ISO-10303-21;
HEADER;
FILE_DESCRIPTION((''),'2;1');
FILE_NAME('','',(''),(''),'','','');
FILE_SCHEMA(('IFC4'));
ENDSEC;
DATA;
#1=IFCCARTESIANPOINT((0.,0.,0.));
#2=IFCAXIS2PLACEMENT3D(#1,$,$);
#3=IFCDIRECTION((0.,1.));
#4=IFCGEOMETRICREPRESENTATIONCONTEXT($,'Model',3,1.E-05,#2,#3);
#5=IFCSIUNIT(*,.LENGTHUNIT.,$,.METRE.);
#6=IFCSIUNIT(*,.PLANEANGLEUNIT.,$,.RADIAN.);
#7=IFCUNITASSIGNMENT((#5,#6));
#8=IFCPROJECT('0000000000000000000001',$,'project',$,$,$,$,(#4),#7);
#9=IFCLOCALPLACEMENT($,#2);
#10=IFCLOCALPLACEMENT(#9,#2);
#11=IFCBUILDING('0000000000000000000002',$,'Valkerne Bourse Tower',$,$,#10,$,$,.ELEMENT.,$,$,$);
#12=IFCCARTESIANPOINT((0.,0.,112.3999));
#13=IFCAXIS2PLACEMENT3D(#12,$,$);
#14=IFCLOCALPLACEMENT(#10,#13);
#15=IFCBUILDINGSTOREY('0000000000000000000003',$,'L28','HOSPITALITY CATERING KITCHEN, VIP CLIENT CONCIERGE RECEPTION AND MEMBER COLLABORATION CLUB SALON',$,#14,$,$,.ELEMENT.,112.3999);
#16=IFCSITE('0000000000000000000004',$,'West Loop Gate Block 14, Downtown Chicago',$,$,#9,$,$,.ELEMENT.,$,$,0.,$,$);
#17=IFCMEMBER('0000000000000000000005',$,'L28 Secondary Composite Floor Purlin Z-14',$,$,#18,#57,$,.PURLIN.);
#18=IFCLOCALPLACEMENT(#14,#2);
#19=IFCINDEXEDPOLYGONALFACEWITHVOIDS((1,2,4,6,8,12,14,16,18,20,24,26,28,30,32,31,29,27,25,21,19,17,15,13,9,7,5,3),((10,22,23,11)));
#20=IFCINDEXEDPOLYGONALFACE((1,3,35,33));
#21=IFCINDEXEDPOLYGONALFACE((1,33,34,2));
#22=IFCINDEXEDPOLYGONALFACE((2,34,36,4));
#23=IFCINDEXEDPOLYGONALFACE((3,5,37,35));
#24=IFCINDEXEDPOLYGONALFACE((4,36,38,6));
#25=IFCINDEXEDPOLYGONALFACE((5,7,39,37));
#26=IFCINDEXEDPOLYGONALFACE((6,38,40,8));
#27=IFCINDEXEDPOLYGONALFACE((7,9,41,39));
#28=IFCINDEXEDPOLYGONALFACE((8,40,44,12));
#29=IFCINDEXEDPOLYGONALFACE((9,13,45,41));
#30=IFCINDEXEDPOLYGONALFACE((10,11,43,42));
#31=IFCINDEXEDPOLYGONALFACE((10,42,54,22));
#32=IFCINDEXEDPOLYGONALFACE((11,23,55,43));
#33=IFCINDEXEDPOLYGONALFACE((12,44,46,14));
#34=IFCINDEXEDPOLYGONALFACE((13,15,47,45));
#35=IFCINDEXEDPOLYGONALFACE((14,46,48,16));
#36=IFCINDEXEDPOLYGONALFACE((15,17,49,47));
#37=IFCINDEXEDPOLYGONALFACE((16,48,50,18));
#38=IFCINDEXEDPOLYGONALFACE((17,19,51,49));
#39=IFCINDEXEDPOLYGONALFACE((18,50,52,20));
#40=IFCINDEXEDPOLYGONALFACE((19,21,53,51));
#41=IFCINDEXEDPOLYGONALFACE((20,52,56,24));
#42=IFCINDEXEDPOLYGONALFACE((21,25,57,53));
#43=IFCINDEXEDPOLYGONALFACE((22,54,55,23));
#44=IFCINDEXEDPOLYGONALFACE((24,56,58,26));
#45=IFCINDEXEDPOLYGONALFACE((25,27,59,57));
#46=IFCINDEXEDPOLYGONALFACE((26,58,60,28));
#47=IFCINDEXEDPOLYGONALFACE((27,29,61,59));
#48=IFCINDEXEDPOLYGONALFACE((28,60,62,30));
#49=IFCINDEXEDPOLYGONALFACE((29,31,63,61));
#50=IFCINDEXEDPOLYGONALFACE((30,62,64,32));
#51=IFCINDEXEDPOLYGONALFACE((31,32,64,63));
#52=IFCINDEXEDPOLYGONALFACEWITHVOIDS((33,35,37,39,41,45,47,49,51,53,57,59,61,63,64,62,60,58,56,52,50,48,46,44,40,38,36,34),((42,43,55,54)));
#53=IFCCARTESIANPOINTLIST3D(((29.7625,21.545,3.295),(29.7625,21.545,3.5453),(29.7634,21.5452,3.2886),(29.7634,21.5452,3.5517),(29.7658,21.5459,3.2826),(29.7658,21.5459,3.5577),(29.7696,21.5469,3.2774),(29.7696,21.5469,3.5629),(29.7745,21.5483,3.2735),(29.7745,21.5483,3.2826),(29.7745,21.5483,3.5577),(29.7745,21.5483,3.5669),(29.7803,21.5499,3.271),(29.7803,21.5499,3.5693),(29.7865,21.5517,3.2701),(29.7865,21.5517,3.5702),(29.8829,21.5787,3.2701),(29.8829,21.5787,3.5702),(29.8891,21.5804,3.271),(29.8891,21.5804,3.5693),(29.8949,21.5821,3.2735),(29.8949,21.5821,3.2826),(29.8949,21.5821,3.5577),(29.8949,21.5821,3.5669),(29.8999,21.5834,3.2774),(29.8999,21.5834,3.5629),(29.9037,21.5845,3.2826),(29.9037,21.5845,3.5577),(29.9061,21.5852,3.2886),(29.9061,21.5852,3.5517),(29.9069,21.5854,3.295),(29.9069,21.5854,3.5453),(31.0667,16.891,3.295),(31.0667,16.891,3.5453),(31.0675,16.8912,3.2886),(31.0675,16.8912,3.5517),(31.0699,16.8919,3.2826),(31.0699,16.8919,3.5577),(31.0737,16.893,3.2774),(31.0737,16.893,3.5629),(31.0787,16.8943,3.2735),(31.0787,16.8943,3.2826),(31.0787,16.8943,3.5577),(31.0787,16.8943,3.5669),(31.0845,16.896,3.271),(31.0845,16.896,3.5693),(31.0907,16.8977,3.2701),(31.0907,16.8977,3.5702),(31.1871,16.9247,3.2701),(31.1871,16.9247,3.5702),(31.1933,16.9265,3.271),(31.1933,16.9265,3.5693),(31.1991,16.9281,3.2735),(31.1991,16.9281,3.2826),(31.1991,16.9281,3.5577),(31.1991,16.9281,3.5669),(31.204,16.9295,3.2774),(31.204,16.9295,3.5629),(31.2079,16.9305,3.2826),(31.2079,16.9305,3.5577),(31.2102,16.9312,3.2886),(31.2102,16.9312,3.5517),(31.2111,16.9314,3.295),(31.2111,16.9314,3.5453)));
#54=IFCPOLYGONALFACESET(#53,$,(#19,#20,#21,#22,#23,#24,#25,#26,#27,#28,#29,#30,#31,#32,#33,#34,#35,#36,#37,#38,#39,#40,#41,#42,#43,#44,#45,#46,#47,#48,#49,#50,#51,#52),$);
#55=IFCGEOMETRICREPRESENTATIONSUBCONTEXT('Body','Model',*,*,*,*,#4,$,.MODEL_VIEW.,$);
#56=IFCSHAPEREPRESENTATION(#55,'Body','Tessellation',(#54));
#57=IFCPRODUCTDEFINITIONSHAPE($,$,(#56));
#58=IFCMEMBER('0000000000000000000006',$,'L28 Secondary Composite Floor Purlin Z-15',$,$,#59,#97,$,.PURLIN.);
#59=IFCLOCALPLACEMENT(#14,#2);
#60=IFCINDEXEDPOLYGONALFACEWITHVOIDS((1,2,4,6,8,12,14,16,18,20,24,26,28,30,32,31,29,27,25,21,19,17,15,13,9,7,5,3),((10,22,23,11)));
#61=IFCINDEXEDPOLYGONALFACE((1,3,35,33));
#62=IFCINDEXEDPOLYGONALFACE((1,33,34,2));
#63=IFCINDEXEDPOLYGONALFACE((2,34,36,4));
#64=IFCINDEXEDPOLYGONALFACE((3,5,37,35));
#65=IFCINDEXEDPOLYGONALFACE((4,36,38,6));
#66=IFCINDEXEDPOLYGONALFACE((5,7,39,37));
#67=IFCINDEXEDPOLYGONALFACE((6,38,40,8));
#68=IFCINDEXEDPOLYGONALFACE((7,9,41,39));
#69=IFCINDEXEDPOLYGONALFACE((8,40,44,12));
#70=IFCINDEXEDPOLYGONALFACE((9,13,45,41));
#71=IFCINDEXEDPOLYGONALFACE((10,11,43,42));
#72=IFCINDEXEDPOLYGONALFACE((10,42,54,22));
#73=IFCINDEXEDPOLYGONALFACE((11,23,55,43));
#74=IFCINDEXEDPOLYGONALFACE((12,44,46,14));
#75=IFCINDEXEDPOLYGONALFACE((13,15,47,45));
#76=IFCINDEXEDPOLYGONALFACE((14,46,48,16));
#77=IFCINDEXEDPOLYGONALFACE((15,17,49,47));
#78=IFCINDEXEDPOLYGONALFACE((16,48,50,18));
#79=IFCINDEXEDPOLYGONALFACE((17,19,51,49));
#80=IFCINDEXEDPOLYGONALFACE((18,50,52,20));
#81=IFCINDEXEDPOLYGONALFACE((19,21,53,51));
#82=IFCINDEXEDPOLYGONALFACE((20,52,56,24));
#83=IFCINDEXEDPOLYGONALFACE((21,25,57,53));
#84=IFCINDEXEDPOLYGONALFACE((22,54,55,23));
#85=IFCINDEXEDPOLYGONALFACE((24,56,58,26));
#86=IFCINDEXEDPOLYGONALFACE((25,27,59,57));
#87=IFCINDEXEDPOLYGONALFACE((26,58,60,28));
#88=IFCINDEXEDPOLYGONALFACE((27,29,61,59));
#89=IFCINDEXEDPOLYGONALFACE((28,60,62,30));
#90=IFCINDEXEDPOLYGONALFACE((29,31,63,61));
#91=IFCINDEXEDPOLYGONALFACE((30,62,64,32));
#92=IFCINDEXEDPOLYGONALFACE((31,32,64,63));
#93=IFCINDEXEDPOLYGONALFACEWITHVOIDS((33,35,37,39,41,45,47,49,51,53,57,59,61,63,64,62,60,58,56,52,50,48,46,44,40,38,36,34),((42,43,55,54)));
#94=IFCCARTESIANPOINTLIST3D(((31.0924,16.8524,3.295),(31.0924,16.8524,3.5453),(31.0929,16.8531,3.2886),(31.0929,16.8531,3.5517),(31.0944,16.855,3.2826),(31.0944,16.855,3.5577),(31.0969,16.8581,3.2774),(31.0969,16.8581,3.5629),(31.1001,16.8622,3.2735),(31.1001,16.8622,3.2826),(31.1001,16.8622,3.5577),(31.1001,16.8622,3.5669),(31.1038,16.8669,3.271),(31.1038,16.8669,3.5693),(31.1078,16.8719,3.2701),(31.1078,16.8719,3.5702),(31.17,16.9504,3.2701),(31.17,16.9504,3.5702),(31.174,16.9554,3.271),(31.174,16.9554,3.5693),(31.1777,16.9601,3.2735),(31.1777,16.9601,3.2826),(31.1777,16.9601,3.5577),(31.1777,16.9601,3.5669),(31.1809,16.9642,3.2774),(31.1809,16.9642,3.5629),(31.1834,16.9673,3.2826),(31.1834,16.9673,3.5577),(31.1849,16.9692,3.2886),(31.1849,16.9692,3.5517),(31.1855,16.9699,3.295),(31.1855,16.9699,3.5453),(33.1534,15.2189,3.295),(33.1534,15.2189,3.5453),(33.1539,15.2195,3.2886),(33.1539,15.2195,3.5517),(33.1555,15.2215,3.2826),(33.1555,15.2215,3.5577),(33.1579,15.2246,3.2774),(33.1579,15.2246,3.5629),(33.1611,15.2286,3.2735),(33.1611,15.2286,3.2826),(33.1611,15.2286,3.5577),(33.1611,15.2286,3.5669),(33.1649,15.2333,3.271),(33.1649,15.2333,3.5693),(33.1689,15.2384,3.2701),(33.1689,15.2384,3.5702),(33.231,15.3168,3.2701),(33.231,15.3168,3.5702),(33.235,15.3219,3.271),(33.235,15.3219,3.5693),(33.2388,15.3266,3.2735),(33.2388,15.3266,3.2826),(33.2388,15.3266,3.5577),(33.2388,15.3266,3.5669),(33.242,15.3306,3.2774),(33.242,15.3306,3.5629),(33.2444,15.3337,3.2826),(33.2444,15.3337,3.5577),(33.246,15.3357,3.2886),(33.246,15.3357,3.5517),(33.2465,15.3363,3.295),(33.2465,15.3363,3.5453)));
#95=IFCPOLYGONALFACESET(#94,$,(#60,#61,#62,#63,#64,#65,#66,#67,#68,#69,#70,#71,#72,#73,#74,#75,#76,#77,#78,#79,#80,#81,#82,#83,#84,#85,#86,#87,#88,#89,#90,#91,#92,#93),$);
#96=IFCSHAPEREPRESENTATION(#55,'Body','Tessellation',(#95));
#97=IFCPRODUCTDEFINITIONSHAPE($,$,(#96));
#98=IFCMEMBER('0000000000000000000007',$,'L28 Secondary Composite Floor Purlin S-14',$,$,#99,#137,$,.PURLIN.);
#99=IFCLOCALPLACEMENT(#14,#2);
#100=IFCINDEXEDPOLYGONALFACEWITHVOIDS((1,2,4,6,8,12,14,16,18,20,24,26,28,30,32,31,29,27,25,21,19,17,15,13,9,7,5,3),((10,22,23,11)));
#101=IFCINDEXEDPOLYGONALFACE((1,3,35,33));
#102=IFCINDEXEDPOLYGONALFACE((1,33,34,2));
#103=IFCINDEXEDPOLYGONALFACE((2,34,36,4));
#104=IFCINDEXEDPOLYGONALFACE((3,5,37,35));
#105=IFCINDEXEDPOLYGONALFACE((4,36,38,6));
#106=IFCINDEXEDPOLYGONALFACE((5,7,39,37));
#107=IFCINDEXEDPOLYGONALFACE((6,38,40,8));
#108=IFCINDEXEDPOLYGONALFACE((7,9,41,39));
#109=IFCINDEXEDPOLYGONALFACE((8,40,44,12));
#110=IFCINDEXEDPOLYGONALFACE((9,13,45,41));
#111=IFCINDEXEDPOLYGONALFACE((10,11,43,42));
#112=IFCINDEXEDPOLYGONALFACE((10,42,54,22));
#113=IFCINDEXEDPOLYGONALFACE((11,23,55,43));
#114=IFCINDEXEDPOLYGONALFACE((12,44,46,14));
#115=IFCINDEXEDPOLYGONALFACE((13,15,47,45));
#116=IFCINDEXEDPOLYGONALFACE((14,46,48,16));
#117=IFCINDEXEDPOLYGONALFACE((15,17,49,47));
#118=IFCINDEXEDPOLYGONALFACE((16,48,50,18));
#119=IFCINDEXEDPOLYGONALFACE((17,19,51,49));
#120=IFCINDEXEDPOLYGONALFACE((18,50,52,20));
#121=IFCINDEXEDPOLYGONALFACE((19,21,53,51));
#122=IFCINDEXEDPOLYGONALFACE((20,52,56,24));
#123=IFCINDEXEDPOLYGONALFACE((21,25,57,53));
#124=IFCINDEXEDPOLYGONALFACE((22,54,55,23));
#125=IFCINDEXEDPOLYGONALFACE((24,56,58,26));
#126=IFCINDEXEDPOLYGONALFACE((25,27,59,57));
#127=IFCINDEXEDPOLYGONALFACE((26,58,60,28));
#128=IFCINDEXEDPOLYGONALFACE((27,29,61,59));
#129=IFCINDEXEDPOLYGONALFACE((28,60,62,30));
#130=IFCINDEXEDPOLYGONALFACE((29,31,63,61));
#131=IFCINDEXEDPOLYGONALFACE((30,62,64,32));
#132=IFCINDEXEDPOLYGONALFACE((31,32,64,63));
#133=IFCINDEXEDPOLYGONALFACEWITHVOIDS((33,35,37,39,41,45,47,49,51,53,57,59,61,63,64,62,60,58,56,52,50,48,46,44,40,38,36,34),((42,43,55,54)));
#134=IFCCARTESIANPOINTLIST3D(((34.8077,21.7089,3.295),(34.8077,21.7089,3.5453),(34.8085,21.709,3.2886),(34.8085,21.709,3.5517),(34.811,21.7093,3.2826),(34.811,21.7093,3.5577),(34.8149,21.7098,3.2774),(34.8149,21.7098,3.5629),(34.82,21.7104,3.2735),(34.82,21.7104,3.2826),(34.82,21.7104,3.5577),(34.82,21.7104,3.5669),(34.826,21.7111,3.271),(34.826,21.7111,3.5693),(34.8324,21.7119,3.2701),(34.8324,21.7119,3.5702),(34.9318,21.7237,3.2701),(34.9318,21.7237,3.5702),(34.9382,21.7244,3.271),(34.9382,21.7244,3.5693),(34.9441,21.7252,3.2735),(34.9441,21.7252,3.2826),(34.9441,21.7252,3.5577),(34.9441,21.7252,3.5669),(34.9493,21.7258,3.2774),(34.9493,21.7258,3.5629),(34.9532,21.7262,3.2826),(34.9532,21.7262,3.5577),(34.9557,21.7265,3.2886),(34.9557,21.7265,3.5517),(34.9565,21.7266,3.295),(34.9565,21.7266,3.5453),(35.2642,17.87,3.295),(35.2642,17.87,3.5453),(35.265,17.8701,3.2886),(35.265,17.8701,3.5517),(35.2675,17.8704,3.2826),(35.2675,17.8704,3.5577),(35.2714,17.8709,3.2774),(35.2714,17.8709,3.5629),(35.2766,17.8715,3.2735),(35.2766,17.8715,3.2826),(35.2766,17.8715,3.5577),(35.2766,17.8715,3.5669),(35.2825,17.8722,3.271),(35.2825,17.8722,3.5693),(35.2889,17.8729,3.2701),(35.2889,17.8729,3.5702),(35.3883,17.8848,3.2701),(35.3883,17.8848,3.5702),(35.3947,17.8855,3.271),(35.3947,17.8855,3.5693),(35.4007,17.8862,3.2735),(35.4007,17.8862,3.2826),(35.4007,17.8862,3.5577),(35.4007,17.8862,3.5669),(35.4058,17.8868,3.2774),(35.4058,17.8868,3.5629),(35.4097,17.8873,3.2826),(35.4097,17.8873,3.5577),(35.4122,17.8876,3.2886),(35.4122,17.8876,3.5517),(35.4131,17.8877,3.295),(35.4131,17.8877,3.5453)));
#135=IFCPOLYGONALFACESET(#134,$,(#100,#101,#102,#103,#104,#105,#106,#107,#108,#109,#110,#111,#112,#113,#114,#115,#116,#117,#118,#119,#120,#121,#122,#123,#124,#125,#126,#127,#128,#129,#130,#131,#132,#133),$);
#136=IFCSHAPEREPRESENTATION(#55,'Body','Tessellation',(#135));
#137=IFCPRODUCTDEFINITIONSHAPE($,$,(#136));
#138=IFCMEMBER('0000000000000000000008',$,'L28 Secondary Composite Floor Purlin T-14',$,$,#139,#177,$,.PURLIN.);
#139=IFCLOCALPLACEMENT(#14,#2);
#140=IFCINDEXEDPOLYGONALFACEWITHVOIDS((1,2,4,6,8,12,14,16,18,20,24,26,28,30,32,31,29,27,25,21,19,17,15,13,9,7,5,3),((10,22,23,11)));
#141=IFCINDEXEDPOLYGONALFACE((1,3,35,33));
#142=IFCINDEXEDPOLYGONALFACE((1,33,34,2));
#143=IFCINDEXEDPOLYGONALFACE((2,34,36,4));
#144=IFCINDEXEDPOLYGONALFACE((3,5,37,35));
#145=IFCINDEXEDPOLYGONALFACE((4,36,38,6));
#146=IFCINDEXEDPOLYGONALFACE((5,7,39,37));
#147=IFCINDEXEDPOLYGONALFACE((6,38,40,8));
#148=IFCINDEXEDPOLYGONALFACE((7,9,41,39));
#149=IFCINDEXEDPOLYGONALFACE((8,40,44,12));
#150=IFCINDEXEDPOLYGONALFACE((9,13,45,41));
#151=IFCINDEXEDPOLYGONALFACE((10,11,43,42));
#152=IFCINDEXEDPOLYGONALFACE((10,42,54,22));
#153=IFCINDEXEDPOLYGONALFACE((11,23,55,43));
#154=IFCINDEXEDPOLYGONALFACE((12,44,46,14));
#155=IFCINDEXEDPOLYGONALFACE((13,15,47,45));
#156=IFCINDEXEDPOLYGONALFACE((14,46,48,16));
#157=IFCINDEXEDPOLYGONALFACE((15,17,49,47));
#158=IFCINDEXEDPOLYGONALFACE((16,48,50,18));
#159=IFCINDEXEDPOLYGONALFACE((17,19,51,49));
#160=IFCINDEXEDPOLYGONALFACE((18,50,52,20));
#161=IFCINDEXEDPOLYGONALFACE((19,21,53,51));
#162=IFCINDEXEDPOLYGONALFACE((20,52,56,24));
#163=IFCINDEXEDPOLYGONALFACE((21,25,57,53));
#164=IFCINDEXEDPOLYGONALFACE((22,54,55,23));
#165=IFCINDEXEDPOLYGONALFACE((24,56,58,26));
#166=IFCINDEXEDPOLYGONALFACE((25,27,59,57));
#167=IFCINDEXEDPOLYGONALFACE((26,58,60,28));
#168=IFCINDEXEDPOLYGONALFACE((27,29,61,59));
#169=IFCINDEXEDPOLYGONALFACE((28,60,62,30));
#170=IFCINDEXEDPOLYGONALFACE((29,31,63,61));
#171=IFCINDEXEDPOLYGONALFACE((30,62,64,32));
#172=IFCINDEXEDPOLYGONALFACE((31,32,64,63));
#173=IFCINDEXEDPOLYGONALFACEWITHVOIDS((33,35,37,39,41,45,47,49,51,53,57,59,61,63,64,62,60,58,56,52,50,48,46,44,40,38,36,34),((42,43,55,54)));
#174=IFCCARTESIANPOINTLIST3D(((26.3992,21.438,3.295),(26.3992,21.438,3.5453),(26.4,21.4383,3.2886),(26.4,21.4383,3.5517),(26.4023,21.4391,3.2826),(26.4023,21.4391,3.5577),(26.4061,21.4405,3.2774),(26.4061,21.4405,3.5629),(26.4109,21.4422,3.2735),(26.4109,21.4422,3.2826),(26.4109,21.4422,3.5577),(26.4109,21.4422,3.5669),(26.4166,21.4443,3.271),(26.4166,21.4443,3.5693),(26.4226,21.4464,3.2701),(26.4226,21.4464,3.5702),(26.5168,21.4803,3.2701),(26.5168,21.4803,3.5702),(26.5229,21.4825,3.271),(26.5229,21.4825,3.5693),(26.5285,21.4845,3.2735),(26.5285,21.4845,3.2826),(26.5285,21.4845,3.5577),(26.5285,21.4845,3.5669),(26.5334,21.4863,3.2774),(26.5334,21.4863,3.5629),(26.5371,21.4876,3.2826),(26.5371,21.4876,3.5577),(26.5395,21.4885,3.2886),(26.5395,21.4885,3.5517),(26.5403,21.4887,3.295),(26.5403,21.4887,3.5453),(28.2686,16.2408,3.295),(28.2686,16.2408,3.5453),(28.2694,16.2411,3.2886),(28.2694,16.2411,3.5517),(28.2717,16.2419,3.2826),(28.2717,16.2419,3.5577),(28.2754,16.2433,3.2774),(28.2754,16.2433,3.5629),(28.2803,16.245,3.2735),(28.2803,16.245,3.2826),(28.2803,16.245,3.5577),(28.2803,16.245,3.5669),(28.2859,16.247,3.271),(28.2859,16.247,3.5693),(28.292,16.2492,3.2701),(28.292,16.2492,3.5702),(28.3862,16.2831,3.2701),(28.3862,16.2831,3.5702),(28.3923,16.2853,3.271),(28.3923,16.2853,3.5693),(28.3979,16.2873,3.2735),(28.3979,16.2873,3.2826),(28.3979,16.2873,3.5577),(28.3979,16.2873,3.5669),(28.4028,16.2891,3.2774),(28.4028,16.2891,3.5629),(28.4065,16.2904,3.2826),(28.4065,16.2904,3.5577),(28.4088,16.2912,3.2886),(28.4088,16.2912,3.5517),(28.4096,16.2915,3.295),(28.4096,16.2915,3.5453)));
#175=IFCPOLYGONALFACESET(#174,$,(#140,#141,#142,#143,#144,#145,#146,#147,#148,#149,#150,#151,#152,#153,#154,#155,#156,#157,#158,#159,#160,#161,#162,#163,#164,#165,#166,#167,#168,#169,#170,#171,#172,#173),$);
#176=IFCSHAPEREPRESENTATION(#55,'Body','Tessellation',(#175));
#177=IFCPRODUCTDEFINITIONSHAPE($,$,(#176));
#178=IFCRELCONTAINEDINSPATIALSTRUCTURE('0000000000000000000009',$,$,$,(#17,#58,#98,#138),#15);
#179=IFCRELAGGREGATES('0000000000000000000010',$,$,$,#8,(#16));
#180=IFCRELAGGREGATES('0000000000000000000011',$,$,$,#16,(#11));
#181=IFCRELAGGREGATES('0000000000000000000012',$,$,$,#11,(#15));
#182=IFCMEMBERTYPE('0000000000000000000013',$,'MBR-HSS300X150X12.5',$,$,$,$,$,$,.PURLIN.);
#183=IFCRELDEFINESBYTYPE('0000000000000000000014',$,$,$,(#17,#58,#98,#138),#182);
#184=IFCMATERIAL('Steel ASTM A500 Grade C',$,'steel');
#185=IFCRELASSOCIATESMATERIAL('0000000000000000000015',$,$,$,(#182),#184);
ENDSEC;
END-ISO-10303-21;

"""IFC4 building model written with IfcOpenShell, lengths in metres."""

from ifc_helpers import new_model, si_unit, direction, frame, origin, origin_2d, place, context, subcontext, project, spatial, hollow_rectangle, extrude, material, material_profile, profile_set, type_object, element, save


model = new_model("IFC4")

# Units and contexts
model_context = context("Model", 3, precision=1e-05, world=origin(), true_north=direction((0.0, 1.0)))
body_context = subcontext(model_context, "Body", "Model", "MODEL_VIEW")
ifc_project = project(units=[si_unit("LENGTHUNIT", "METRE"), si_unit("PLANEANGLEUNIT", "RADIAN")], contexts=[model_context])

# Site, building, storey
site_placement = place(None, origin())
site = spatial("IfcSite", under=ifc_project, at=site_placement, Name="West Loop Gate Block 14, Downtown Chicago", CompositionType="ELEMENT", RefElevation=0.0)
building_placement = place(site_placement, origin())
building = spatial("IfcBuilding", under=site, at=building_placement, Name="Valkerne Bourse Tower", CompositionType="ELEMENT")
storey_placement = place(building_placement, frame((0.0, 0.0, 112.3999)))
storey = spatial("IfcBuildingStorey", under=building, at=storey_placement, Name="L28", Description="HOSPITALITY CATERING KITCHEN, VIP CLIENT CONCIERGE RECEPTION AND MEMBER COLLABORATION CLUB SALON", CompositionType="ELEMENT", Elevation=112.3999)

# Members
ifc_material_1 = material(Name="Steel ASTM A500 Grade C", Category="steel")
ifc_material_profile_1 = material_profile(ifc_material_1, hollow_rectangle(XDim=0.1499, YDim=0.3, WallThickness=0.0125, OuterFilletRadius=0.0249, at=origin_2d()), Name="HSS300X150X12.5")
ifc_profile_set_1 = profile_set([ifc_material_profile_1], Name="Steel ASTM A500 Grade C")
member_type_1 = type_object("IfcMemberType", Name="MBR-HSS300X150X12.5", PredefinedType="PURLIN", material=ifc_profile_set_1)
member_1_placement = place(storey_placement, frame((29.8347, 21.5652, 3.4202), z_axis=(0.269834, -0.962907, 0.0), x_axis=(0.962907, 0.269834, 0.0)))
element("IfcMember", 1, at=member_1_placement, inside=storey, type_object=member_type_1, Name="L28 Secondary Composite Floor Purlin Z-14", PredefinedType="PURLIN", context=body_context, shape_type="SweptSolid", body=[
    extrude(hollow_rectangle(XDim=0.1499, YDim=0.3, WallThickness=0.0125, OuterFilletRadius=0.0249, at=origin_2d()), origin(), (0.0, 0.0, 1.0), 4.8333),
])
member_2_placement = place(storey_placement, frame((31.1389, 16.9111, 3.4202), z_axis=(0.783696, -0.621145, 0.0), x_axis=(0.621145, 0.783696, 0.0)))
element("IfcMember", 2, at=member_2_placement, inside=storey, type_object=member_type_1, Name="L28 Secondary Composite Floor Purlin Z-15", PredefinedType="PURLIN", context=body_context, shape_type="SweptSolid", body=[
    extrude(hollow_rectangle(XDim=0.1499, YDim=0.3, WallThickness=0.0125, OuterFilletRadius=0.0249, at=origin_2d()), origin(), (0.0, 0.0, 1.0), 2.6299),
])
member_3_placement = place(storey_placement, frame((34.8821, 21.7178, 3.4202), z_axis=(0.118094, -0.993002, 0.0), x_axis=(0.993002, 0.118094, 0.0)))
element("IfcMember", 3, at=member_3_placement, inside=storey, type_object=member_type_1, Name="L28 Secondary Composite Floor Purlin S-14", PredefinedType="PURLIN", context=body_context, shape_type="SweptSolid", body=[
    extrude(hollow_rectangle(XDim=0.1499, YDim=0.3, WallThickness=0.0125, OuterFilletRadius=0.0249, at=origin_2d()), origin(), (0.0, 0.0, 1.0), 3.866),
])
member_4_placement = place(storey_placement, frame((26.4697, 21.4634, 3.4202), z_axis=(0.338458, -0.940981, 0.0), x_axis=(0.940981, 0.338458, 0.0)))
element("IfcMember", 4, at=member_4_placement, inside=storey, type_object=member_type_1, Name="L28 Secondary Composite Floor Purlin T-14", PredefinedType="PURLIN", context=body_context, shape_type="SweptSolid", body=[
    extrude(hollow_rectangle(XDim=0.1499, YDim=0.3, WallThickness=0.0125, OuterFilletRadius=0.0249, at=origin_2d()), origin(), (0.0, 0.0, 1.0), 5.5232),
])

save(model, "model.ifc")
